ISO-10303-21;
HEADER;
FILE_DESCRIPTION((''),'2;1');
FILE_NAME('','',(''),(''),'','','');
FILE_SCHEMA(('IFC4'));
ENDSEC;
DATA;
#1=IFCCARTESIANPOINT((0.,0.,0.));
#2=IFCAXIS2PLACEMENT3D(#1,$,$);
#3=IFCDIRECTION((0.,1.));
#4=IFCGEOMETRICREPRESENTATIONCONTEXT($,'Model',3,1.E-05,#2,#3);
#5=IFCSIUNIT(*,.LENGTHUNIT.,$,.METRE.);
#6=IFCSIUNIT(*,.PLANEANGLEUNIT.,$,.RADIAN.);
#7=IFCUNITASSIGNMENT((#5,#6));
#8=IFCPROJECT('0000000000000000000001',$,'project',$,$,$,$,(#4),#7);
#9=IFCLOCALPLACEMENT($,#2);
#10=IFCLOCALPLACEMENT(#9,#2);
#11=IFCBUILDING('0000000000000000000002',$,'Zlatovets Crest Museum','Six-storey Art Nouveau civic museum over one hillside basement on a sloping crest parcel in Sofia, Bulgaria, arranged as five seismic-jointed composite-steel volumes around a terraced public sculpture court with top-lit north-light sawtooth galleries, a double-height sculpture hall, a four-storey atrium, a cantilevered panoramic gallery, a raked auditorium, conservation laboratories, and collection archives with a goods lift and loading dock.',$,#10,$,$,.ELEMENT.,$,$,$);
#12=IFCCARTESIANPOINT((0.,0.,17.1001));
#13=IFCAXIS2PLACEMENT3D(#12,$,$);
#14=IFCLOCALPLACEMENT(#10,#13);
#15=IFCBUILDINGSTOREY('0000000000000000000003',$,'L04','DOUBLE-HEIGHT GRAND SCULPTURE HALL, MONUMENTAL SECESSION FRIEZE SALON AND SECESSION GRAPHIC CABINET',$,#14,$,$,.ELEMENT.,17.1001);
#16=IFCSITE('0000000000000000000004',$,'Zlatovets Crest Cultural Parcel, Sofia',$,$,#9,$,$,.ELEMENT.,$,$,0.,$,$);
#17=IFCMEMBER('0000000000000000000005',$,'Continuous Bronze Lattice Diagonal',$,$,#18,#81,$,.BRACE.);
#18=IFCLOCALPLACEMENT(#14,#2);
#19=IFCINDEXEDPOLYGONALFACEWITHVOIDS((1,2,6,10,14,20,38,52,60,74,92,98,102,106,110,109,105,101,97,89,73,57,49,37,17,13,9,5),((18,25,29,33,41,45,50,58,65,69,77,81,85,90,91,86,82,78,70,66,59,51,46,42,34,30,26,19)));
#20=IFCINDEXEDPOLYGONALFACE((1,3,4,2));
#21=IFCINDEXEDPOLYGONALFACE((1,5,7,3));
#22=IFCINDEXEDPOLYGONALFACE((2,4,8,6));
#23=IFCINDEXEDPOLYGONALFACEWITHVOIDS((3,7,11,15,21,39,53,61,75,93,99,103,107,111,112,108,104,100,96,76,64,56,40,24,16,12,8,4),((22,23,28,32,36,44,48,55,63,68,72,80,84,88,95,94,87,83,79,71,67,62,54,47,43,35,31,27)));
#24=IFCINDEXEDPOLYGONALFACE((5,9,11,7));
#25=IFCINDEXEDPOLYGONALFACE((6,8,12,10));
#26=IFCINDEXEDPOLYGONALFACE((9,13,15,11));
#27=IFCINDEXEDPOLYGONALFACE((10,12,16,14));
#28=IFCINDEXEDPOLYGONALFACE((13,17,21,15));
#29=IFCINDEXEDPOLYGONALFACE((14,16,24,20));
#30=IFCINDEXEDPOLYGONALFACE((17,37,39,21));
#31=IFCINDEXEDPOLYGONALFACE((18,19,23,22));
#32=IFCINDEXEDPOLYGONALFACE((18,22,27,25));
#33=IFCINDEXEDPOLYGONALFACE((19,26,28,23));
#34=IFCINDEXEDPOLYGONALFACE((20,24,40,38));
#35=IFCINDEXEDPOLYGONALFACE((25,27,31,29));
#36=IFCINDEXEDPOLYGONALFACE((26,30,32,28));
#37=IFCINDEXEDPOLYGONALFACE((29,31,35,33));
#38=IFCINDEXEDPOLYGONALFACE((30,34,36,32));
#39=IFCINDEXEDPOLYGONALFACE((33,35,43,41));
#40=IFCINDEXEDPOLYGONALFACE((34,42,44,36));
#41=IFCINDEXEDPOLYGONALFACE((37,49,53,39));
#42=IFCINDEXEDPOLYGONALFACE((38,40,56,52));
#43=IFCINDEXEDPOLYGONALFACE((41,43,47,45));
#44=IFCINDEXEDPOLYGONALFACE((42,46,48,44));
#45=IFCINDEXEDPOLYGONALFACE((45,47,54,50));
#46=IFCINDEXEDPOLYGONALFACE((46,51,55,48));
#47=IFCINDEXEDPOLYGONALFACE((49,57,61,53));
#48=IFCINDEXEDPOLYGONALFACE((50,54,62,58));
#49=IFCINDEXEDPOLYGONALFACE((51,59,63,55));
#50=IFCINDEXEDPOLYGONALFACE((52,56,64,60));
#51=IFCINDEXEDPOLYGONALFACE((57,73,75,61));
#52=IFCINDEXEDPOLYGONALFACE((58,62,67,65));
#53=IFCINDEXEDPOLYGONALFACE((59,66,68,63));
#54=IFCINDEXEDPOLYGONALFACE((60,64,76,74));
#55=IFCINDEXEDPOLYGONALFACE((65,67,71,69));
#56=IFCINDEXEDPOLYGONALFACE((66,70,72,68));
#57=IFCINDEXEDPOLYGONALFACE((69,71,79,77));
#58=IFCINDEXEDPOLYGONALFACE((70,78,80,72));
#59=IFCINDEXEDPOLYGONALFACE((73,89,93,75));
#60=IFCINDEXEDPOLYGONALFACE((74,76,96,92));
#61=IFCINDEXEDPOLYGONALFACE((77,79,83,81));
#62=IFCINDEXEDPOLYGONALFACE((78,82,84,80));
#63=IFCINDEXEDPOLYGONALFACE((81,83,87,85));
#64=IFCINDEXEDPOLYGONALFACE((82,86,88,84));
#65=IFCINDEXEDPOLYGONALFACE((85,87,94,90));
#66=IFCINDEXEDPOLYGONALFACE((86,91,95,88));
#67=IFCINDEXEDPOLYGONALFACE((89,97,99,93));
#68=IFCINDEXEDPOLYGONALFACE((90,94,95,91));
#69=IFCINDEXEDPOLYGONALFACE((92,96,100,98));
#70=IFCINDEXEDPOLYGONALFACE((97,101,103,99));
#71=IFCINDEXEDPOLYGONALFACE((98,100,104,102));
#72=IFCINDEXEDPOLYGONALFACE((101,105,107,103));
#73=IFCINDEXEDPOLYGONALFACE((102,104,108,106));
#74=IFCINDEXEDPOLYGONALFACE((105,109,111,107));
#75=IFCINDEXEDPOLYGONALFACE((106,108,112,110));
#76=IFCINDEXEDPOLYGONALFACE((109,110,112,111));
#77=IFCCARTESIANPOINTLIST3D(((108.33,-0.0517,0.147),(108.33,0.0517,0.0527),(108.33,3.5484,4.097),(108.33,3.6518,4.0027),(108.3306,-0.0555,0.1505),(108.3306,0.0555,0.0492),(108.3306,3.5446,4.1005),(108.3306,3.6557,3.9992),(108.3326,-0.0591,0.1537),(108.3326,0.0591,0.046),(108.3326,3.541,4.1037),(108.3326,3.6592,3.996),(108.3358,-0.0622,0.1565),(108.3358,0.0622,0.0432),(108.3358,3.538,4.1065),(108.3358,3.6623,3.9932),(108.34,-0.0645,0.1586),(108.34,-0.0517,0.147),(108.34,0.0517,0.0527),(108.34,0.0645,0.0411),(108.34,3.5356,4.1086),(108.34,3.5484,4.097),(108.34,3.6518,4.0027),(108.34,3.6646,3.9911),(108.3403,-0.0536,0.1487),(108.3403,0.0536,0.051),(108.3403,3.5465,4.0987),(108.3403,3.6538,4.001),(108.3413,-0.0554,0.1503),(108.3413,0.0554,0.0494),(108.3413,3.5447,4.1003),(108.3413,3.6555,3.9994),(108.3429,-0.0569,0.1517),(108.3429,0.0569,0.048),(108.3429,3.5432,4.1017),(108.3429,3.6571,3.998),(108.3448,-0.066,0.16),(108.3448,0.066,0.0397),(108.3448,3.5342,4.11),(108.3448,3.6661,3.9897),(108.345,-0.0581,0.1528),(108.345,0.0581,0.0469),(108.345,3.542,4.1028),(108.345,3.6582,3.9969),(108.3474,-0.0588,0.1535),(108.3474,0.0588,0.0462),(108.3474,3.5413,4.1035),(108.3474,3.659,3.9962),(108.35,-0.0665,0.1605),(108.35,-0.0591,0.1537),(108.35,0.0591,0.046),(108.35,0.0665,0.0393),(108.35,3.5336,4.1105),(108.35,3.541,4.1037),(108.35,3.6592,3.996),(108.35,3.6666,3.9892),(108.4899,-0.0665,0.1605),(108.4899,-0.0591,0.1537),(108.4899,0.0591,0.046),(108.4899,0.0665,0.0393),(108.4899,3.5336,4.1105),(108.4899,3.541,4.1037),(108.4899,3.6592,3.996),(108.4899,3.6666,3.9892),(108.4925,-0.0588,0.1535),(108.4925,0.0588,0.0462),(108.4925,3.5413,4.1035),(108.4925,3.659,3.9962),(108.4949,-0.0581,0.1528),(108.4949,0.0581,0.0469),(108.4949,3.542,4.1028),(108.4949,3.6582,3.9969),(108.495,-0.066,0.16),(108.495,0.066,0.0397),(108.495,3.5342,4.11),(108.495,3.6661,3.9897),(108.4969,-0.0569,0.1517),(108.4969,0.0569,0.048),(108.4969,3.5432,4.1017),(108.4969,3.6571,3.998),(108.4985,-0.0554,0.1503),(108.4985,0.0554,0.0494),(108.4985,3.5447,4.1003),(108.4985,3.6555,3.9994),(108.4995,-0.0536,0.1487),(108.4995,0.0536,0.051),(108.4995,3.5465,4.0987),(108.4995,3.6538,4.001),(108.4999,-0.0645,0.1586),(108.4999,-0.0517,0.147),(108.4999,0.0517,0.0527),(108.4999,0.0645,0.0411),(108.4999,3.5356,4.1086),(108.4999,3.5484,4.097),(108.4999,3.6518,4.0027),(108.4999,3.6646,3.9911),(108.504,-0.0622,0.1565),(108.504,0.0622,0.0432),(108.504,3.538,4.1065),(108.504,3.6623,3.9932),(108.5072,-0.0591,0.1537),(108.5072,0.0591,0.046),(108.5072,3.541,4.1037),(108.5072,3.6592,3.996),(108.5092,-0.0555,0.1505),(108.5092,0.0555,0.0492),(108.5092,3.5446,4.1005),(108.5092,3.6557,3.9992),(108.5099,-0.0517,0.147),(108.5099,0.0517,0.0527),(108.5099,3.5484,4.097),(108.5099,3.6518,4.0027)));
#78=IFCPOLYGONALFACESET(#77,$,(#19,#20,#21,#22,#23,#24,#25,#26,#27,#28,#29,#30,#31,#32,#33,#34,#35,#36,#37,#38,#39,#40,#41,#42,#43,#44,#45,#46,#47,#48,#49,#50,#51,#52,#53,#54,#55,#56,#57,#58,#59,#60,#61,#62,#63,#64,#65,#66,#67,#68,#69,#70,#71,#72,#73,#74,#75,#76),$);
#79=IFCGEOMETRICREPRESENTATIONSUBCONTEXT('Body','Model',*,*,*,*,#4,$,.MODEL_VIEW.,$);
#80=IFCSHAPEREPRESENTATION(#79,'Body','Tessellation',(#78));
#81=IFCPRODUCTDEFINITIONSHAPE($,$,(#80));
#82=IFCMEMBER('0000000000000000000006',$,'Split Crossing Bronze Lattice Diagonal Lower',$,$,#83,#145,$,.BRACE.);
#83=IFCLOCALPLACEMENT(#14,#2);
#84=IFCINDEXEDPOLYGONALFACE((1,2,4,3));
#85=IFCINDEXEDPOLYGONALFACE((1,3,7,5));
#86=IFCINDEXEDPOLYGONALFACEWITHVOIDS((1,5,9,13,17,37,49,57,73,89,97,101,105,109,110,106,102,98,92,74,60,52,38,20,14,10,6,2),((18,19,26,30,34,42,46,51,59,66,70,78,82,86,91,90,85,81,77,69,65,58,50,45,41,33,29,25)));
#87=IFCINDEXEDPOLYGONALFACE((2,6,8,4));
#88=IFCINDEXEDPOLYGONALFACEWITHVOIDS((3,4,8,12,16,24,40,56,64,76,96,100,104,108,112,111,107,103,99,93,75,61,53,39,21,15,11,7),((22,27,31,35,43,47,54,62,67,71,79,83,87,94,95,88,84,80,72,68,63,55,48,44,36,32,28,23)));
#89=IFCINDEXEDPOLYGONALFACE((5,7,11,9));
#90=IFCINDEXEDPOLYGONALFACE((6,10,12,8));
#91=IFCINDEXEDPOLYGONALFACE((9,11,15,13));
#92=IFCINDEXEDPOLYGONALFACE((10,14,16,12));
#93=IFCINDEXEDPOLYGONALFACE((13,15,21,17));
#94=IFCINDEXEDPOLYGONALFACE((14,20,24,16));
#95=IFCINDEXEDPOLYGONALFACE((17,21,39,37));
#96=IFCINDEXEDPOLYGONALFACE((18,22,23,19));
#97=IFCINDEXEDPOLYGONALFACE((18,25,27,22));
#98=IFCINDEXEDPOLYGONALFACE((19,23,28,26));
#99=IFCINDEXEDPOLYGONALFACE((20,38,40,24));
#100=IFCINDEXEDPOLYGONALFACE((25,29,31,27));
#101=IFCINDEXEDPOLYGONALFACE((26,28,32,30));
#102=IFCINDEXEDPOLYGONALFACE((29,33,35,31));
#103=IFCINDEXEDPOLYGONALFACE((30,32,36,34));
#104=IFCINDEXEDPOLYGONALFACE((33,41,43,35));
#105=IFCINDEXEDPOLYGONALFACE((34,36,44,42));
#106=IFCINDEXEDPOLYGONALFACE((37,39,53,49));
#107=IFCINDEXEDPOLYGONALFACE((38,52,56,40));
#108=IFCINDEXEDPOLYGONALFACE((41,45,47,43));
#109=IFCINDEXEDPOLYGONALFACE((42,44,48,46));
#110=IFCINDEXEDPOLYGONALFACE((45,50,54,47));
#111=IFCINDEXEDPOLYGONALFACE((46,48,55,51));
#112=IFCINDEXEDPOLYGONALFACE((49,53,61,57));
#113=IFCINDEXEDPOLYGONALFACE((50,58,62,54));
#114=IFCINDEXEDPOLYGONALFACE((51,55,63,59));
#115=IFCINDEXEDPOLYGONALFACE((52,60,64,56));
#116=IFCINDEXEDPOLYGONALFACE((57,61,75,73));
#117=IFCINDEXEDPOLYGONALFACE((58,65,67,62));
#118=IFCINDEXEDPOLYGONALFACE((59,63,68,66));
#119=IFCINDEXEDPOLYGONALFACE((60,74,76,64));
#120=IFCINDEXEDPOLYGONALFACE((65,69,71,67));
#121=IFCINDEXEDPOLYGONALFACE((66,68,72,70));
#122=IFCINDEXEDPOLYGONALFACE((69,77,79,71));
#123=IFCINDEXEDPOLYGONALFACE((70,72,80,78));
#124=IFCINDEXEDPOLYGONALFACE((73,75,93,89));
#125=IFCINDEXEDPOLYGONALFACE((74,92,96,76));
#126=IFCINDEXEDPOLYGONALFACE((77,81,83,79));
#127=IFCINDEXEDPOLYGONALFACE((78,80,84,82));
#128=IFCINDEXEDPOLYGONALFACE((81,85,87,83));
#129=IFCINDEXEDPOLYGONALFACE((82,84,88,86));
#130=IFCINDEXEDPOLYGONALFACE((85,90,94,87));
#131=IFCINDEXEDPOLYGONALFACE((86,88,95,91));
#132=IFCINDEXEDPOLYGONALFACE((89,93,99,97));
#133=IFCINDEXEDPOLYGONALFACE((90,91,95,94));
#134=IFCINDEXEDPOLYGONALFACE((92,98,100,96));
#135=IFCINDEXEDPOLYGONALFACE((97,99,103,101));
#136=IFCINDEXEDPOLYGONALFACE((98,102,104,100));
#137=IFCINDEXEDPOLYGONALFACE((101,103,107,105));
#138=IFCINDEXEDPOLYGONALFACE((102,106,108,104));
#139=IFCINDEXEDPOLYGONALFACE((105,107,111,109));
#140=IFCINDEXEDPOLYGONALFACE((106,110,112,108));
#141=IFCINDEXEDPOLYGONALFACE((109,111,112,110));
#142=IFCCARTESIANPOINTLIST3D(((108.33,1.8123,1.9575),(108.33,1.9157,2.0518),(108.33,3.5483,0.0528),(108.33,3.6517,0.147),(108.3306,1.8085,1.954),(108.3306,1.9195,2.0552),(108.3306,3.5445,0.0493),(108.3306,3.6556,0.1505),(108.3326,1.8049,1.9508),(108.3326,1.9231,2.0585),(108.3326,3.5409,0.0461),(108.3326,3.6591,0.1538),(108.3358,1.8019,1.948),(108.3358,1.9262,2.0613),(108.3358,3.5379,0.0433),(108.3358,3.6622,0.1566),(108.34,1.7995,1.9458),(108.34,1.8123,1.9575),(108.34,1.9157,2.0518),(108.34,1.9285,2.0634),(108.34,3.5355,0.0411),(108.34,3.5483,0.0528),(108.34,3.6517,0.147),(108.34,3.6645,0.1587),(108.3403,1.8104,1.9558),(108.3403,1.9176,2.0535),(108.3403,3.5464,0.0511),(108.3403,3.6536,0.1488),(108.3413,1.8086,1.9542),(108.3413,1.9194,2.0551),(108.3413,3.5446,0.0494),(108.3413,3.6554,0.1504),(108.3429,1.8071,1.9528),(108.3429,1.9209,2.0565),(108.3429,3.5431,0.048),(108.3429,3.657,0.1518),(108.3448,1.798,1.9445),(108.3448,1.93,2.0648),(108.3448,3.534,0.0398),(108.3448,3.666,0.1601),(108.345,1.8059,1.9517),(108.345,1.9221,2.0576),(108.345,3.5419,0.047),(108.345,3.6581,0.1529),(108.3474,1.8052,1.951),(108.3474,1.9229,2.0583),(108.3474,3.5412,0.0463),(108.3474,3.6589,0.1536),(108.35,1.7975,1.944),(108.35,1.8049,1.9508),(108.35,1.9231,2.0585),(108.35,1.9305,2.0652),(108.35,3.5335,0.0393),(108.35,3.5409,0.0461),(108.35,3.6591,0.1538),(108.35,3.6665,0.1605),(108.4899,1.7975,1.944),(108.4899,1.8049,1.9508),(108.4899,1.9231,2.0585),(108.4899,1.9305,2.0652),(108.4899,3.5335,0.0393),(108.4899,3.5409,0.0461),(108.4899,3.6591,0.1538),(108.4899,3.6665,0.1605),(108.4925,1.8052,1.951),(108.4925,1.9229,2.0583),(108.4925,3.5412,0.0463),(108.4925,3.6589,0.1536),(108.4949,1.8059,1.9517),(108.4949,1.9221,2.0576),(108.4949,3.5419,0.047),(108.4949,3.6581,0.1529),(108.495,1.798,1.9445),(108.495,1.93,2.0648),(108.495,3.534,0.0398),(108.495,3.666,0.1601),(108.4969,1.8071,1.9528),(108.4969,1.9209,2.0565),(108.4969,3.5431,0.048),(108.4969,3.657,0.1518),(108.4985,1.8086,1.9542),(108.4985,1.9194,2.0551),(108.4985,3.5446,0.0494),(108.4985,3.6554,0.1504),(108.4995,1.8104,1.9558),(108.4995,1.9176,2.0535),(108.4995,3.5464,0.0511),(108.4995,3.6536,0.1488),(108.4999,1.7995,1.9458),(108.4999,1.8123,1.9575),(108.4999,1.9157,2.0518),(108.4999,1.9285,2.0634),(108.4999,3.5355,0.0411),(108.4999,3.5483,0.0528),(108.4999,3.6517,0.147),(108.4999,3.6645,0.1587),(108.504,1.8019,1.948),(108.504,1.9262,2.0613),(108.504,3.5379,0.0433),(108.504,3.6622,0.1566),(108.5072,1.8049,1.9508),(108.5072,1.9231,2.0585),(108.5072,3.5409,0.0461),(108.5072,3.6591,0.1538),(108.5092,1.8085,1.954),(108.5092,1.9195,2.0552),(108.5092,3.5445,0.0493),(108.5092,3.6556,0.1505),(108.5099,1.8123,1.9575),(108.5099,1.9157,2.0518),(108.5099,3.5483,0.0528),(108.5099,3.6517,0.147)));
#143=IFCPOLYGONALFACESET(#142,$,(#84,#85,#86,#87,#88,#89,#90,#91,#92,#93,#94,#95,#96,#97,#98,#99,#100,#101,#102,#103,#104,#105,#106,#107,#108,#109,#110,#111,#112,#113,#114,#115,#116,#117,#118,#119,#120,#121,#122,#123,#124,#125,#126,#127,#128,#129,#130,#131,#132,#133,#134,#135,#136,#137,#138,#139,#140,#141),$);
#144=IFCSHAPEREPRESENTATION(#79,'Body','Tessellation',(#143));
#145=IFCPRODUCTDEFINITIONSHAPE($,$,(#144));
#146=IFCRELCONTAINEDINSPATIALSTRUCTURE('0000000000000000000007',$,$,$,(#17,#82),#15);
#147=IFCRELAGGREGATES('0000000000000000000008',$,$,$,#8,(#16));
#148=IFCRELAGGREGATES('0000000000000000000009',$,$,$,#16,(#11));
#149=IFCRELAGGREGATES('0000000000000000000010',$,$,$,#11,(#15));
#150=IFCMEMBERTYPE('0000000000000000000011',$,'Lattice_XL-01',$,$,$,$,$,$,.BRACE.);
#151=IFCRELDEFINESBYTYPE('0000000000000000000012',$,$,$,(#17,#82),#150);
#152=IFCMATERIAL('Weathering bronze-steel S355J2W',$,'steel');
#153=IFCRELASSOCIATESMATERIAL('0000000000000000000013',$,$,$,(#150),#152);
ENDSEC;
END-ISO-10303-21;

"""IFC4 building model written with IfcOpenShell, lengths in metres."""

from ifc_helpers import new_model, si_unit, direction, frame, origin, origin_2d, place, context, subcontext, project, spatial, hollow_rectangle, extrude, material, material_profile, profile_set, type_object, element, save


model = new_model("IFC4")

# Units and contexts
model_context = context("Model", 3, precision=1e-05, world=origin(), true_north=direction((0.0, 1.0)))
body_context = subcontext(model_context, "Body", "Model", "MODEL_VIEW")
ifc_project = project(units=[si_unit("LENGTHUNIT", "METRE"), si_unit("PLANEANGLEUNIT", "RADIAN")], contexts=[model_context])

# Site, building, storey
site_placement = place(None, origin())
site = spatial("IfcSite", under=ifc_project, at=site_placement, Name="Zlatovets Crest Cultural Parcel, Sofia", CompositionType="ELEMENT", RefElevation=0.0)
building_placement = place(site_placement, origin())
building = spatial("IfcBuilding", under=site, at=building_placement, Name="Zlatovets Crest Museum", Description="Six-storey Art Nouveau civic museum over one hillside basement on a sloping crest parcel in Sofia, Bulgaria, arranged as five seismic-jointed composite-steel volumes around a terraced public sculpture court with top-lit north-light sawtooth galleries, a double-height sculpture hall, a four-storey atrium, a cantilevered panoramic gallery, a raked auditorium, conservation laboratories, and collection archives with a goods lift and loading dock.", CompositionType="ELEMENT")
storey_placement = place(building_placement, frame((0.0, 0.0, 17.1001)))
storey = spatial("IfcBuildingStorey", under=building, at=storey_placement, Name="L04", Description="DOUBLE-HEIGHT GRAND SCULPTURE HALL, MONUMENTAL SECESSION FRIEZE SALON AND SECESSION GRAPHIC CABINET", CompositionType="ELEMENT", Elevation=17.1001)

# Members
ifc_material_1 = material(Name="Weathering bronze-steel S355J2W", Category="steel")
ifc_material_profile_1 = material_profile(ifc_material_1, hollow_rectangle(XDim=0.1799, YDim=0.1799, WallThickness=0.01, InnerFilletRadius=0.01, OuterFilletRadius=0.02, at=origin_2d()), Name="SHS 180x180x10.0")
ifc_profile_set_1 = profile_set([ifc_material_profile_1], Name="Weathering bronze-steel S355J2W")
member_type_1 = type_object("IfcMemberType", Name="Lattice_XL-01", PredefinedType="BRACE", material=ifc_profile_set_1)
member_1_placement = place(storey_placement, frame((108.4199, 0.0, 0.0999), z_axis=(0.0, 0.673618, 0.73908), x_axis=(-1.0, 0.0, 0.0)))
element("IfcMember", 1, at=member_1_placement, inside=storey, type_object=member_type_1, Name="Continuous Bronze Lattice Diagonal", PredefinedType="BRACE", context=body_context, shape_type="SweptSolid", body=[
    extrude(hollow_rectangle(XDim=0.1799, YDim=0.1799, WallThickness=0.01, InnerFilletRadius=0.01, OuterFilletRadius=0.02, at=origin_2d()), origin(), (0.0, 0.0, 1.0), 5.3445),
])
member_2_placement = place(storey_placement, frame((108.4199, 1.864, 2.0046), z_axis=(0.0, 0.67362, -0.739078), x_axis=(-1.0, 0.0, 0.0)))
element("IfcMember", 2, at=member_2_placement, inside=storey, type_object=member_type_1, Name="Split Crossing Bronze Lattice Diagonal Lower", PredefinedType="BRACE", context=body_context, shape_type="SweptSolid", body=[
    extrude(hollow_rectangle(XDim=0.1799, YDim=0.1799, WallThickness=0.01, InnerFilletRadius=0.01, OuterFilletRadius=0.02, at=origin_2d()), origin(), (0.0, 0.0, 1.0), 2.5771),
])

save(model, "model.ifc")
